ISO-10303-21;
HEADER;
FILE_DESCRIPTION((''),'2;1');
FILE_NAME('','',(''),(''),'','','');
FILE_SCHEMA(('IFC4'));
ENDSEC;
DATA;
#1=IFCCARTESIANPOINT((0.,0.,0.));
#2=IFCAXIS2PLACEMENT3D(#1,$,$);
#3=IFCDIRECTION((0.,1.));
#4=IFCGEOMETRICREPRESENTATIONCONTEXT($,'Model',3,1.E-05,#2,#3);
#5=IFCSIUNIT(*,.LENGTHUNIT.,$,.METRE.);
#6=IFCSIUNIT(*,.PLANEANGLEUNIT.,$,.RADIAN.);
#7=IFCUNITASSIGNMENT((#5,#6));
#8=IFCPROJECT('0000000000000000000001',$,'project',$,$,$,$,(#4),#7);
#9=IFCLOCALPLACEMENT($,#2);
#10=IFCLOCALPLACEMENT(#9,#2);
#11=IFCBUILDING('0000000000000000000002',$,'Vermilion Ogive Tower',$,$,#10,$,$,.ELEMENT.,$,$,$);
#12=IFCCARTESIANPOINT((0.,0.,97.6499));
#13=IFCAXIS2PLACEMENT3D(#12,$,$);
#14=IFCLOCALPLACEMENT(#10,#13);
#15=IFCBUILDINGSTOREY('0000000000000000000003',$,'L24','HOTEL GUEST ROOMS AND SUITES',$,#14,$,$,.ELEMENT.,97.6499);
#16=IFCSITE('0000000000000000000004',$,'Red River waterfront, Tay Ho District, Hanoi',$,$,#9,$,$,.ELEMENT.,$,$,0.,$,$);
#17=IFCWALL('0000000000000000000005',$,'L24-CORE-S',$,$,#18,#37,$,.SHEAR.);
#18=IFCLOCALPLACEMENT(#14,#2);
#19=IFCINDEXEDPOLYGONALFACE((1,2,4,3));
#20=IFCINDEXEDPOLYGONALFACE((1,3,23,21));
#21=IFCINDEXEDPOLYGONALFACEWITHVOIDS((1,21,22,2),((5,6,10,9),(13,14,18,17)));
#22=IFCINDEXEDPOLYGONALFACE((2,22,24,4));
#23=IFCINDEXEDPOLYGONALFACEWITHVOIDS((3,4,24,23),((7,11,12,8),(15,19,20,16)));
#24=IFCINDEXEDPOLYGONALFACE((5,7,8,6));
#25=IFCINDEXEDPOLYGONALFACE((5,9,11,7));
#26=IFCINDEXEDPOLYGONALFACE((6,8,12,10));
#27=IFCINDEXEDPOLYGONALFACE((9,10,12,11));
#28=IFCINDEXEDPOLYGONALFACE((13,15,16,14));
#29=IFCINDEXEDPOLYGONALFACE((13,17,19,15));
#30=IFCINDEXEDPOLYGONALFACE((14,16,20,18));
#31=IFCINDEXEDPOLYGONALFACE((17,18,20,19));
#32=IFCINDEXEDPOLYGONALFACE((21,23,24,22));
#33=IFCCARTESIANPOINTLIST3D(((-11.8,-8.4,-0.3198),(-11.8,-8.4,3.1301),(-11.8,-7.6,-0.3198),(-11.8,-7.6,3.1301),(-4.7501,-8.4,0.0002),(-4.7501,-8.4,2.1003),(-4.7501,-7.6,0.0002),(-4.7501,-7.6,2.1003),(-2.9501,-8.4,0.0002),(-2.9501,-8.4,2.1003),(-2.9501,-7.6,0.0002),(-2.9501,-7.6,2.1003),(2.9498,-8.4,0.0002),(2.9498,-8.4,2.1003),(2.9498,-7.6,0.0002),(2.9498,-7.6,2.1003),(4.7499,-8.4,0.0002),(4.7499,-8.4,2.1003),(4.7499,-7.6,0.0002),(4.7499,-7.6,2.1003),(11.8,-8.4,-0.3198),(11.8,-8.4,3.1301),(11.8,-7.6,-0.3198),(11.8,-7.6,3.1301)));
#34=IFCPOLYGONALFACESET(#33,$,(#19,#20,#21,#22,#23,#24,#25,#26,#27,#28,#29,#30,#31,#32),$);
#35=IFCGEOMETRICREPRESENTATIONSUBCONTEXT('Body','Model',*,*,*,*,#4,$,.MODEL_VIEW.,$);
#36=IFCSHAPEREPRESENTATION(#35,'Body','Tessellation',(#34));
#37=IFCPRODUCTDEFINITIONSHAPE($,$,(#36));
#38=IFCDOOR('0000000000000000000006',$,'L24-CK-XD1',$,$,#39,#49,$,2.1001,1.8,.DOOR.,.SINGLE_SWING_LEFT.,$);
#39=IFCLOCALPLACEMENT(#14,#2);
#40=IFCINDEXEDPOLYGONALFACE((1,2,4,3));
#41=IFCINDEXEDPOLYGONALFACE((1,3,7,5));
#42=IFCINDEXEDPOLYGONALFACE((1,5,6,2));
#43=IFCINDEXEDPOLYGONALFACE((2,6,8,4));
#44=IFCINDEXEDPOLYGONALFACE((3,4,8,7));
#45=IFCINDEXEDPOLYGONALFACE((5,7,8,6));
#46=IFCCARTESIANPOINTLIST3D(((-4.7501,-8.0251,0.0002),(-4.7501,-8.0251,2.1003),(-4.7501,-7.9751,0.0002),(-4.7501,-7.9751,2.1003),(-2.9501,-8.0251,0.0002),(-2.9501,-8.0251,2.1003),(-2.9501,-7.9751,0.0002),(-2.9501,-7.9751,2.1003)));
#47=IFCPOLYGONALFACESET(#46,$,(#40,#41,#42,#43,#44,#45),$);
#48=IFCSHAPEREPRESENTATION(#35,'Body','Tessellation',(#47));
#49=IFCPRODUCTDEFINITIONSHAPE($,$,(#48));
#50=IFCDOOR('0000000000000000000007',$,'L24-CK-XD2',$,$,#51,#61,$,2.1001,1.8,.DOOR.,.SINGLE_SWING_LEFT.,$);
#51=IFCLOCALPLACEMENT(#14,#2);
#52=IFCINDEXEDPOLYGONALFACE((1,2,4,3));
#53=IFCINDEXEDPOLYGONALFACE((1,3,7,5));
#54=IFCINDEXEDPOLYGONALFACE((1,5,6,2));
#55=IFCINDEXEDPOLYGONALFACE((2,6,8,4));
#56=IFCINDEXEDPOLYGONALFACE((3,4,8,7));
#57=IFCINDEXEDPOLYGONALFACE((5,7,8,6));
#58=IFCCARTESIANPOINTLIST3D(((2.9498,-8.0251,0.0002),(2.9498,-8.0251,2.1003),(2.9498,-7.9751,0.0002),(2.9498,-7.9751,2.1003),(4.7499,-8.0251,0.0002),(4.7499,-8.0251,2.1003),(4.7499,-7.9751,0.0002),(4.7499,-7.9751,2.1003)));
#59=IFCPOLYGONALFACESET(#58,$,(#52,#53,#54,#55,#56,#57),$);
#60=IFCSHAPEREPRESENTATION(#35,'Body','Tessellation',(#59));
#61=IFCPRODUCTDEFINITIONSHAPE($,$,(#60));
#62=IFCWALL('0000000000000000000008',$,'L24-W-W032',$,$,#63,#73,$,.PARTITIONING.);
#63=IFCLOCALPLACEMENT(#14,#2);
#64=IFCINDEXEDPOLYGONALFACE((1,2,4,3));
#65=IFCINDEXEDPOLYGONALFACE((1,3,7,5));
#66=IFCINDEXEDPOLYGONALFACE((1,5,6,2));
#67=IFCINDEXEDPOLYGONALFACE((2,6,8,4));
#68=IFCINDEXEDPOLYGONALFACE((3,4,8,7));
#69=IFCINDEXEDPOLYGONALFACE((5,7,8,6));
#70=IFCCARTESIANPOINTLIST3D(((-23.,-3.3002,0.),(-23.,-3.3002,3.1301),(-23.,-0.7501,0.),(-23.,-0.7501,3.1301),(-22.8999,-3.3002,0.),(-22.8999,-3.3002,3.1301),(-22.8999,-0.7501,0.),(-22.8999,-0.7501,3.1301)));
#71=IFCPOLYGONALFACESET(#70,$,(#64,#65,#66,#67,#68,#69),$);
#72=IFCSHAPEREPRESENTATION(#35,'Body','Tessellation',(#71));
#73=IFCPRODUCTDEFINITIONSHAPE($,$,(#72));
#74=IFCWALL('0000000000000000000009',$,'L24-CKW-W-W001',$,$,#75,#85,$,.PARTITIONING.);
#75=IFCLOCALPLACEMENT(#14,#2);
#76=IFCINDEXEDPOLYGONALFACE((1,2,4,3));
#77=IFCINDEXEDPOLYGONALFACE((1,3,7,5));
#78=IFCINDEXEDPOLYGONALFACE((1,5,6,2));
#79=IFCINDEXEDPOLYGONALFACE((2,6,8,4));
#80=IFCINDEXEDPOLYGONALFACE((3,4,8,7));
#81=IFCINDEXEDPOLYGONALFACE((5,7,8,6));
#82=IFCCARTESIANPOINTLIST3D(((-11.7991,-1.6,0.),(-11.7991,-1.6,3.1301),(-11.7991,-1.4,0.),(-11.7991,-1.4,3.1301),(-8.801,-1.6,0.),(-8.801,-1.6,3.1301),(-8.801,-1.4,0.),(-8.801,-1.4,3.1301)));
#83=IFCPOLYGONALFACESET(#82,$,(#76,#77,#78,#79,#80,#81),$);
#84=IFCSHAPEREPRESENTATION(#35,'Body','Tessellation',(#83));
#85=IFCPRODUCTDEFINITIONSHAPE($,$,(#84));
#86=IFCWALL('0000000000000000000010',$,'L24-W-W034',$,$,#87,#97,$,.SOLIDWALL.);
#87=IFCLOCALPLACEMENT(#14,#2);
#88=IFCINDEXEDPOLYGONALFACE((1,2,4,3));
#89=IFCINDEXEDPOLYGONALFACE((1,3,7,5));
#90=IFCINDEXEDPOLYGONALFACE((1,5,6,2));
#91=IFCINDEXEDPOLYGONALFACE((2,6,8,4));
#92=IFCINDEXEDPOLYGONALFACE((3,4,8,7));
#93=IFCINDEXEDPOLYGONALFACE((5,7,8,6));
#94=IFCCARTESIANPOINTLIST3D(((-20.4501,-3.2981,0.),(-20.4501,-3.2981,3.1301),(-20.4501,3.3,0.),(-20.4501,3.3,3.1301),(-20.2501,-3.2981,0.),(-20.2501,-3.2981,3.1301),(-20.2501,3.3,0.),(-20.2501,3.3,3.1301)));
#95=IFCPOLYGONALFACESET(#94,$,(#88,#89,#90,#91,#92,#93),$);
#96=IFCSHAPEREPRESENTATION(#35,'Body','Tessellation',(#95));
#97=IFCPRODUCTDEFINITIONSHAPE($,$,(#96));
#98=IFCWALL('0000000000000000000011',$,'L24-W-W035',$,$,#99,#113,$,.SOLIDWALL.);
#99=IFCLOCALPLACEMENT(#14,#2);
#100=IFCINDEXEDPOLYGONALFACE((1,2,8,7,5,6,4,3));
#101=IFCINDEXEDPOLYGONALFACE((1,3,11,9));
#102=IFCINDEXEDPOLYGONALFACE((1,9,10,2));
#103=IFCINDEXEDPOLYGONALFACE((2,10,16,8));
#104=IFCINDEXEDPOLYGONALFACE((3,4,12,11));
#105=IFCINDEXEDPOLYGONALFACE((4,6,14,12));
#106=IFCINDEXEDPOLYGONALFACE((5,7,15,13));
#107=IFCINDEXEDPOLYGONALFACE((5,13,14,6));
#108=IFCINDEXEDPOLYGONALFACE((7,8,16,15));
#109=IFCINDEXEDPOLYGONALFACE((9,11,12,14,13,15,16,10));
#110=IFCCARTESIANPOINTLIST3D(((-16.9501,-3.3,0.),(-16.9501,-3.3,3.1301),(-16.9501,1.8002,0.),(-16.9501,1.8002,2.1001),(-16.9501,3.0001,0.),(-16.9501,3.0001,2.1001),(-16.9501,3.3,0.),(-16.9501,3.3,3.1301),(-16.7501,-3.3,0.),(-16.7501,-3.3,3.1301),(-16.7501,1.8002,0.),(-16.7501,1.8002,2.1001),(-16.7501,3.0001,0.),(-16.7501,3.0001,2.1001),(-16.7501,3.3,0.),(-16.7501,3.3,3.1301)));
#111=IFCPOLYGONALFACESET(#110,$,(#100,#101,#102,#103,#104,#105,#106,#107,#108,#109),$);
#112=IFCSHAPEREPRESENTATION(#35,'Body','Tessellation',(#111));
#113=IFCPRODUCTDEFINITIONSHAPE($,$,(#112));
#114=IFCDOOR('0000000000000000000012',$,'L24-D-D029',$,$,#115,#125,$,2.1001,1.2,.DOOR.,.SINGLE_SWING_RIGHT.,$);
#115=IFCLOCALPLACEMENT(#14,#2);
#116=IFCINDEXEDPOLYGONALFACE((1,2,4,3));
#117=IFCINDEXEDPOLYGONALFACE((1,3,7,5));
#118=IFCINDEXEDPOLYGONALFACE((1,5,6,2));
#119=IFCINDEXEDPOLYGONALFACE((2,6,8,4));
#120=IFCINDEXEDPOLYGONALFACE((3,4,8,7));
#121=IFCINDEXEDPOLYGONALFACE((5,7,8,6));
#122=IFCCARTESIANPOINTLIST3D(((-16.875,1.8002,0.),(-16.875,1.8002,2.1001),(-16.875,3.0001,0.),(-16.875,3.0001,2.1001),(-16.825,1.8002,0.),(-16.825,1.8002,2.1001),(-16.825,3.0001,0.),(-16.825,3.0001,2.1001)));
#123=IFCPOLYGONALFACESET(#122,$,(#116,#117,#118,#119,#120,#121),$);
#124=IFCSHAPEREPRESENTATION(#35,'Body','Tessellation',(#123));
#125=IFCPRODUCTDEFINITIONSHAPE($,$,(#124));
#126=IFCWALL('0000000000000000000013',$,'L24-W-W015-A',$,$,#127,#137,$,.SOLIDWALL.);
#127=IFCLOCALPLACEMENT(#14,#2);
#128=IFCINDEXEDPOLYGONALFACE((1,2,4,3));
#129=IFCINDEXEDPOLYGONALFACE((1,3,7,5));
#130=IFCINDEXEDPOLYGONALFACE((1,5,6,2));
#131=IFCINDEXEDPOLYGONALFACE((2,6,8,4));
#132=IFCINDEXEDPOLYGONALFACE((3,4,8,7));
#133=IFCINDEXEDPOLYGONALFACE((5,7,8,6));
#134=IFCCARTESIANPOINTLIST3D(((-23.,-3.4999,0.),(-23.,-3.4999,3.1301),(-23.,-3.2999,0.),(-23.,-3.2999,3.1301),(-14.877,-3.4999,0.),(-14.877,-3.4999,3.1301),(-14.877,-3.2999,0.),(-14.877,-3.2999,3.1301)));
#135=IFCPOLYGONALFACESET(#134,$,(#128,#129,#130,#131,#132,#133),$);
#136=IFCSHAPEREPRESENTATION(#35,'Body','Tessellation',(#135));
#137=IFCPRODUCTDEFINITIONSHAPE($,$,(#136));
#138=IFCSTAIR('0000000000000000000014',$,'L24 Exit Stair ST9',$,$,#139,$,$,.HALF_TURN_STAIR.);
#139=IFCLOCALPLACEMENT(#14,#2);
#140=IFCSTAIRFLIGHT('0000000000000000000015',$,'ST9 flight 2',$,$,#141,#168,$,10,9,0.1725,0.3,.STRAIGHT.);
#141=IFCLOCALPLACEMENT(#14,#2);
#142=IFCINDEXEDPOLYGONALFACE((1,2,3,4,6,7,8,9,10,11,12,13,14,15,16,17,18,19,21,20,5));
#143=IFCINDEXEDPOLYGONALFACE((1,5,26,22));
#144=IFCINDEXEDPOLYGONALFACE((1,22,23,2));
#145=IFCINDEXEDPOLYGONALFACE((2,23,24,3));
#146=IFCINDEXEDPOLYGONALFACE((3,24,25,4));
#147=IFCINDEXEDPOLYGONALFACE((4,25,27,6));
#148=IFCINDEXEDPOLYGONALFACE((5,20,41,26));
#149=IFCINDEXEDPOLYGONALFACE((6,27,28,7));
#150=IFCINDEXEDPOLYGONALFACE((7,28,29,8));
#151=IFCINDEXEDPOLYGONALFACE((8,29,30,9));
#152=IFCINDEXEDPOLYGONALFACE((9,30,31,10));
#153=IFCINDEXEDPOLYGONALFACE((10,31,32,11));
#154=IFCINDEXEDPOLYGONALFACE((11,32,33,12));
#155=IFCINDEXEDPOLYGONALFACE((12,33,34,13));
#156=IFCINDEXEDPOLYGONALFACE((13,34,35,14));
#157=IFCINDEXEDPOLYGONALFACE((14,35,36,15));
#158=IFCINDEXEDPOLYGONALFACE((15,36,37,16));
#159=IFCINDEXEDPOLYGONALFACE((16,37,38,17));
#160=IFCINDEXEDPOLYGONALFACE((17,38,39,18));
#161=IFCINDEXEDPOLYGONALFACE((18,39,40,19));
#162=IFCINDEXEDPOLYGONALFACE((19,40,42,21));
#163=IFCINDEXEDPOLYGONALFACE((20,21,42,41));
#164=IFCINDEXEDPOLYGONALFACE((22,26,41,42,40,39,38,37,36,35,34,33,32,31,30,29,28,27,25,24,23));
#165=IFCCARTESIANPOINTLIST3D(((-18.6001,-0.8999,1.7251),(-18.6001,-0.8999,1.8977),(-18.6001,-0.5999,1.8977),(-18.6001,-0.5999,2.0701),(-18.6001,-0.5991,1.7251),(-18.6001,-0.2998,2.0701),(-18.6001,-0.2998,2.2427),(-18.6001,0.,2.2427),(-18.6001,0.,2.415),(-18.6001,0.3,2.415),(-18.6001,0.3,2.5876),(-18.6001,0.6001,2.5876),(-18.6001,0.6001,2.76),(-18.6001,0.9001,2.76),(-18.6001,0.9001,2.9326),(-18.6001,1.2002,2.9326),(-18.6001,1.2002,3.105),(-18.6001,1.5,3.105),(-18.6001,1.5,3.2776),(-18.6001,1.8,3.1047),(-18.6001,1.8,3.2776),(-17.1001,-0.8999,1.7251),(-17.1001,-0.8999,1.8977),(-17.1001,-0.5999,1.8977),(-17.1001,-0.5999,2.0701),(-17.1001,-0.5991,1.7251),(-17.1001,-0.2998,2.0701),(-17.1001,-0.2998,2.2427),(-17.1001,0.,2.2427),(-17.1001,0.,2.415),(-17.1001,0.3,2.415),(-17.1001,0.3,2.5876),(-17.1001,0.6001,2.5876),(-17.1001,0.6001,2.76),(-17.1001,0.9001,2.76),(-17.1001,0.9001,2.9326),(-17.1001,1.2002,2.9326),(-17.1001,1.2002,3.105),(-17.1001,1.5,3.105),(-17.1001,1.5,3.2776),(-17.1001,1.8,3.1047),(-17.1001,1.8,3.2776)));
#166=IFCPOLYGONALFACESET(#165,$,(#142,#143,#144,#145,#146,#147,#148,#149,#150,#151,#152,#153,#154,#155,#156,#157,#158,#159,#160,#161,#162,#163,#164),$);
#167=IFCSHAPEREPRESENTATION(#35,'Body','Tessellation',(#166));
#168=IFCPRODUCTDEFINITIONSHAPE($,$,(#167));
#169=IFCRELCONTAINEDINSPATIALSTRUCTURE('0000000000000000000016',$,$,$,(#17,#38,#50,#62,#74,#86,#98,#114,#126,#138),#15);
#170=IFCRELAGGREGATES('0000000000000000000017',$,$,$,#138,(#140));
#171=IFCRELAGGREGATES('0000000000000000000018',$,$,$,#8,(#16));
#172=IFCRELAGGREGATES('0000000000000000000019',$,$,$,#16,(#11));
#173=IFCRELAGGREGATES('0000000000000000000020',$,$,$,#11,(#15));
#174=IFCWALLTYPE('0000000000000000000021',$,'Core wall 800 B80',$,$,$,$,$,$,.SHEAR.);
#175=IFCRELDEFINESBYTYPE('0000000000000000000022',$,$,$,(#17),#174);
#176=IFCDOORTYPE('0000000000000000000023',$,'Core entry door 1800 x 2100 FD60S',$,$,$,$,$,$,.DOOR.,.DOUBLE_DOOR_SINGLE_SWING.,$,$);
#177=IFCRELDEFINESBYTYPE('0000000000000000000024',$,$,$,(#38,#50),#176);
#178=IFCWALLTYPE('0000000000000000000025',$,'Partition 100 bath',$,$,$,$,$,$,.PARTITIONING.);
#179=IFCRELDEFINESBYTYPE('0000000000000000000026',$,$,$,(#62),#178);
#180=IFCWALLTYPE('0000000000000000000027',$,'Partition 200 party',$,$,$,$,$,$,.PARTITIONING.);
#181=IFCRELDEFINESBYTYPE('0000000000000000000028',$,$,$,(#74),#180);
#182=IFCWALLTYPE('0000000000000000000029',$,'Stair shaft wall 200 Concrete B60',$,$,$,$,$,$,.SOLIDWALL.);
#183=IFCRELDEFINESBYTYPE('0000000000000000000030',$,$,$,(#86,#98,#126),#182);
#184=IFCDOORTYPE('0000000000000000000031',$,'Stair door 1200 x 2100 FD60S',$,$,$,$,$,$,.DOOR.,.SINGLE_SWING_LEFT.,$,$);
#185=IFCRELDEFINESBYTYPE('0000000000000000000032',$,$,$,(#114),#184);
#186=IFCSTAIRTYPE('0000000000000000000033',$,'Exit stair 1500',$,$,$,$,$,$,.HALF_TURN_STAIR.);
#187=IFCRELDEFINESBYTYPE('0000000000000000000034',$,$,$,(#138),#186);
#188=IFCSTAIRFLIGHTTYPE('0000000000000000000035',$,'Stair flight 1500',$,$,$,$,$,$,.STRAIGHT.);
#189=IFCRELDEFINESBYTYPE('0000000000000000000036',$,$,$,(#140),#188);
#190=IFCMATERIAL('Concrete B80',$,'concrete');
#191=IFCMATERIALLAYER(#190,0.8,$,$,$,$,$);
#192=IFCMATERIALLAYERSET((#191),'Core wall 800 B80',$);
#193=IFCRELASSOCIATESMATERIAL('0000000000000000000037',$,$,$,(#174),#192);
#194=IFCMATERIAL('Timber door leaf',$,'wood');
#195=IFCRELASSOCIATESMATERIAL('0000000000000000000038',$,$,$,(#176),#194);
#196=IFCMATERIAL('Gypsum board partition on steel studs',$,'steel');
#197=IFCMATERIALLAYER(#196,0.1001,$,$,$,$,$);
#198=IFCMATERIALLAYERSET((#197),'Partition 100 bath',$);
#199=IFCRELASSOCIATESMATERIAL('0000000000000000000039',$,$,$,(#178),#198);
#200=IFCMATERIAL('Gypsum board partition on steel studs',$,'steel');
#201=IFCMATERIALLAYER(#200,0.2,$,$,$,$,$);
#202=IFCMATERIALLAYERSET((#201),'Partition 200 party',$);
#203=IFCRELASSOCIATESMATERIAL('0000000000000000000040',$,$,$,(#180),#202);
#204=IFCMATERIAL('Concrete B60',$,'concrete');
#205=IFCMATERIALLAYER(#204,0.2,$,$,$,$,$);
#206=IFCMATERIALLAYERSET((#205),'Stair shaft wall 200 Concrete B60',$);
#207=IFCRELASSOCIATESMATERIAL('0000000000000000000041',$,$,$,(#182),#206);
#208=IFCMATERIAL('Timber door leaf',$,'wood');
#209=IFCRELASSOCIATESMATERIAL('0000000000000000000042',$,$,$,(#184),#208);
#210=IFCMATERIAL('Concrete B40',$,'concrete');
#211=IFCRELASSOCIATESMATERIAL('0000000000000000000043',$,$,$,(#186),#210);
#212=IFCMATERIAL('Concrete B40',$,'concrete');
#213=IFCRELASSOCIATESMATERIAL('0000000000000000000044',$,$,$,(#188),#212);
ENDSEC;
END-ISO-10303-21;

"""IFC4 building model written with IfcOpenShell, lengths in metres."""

from ifc_helpers import new_model, si_unit, direction, frame, frame_2d, origin, place, context, subcontext, project, spatial, polyline, rectangle, outline, extrude, material, layer, layer_set, type_object, element, fill, aggregate, save


model = new_model("IFC4")

# Units and contexts
model_context = context("Model", 3, precision=1e-05, world=origin(), true_north=direction((0.0, 1.0)))
body_context = subcontext(model_context, "Body", "Model", "MODEL_VIEW")
ifc_project = project(units=[si_unit("LENGTHUNIT", "METRE"), si_unit("PLANEANGLEUNIT", "RADIAN")], contexts=[model_context])

# Site, building, storey
site_placement = place(None, origin())
site = spatial("IfcSite", under=ifc_project, at=site_placement, Name="Red River waterfront, Tay Ho District, Hanoi", CompositionType="ELEMENT", RefElevation=0.0)
building_placement = place(site_placement, origin())
building = spatial("IfcBuilding", under=site, at=building_placement, Name="Vermilion Ogive Tower", CompositionType="ELEMENT")
storey_placement = place(building_placement, frame((0.0, 0.0, 97.6499)))
storey = spatial("IfcBuildingStorey", under=building, at=storey_placement, Name="L24", Description="HOTEL GUEST ROOMS AND SUITES", CompositionType="ELEMENT", Elevation=97.6499)

# Wall, openings, doors
ifc_material_1 = material(Name="Concrete B80", Category="concrete")
ifc_layer_1 = layer(ifc_material_1, 0.8)
ifc_layer_set_1 = layer_set([ifc_layer_1], Name="Core wall 800 B80")
wall_type_1 = type_object("IfcWallType", Name="Core wall 800 B80", PredefinedType="SHEAR", material=ifc_layer_set_1)
wall_1_placement = place(storey_placement, frame((-11.8, -8.0, -0.3198), z_axis=(0.0, 0.0, 1.0), x_axis=(1.0, 0.0, 0.0)))
wall_1 = element("IfcWall", 1, at=wall_1_placement, inside=storey, type_object=wall_type_1, Name="L24-CORE-S", PredefinedType="SHEAR", context=body_context, shape_type="SweptSolid", body=[
    extrude(rectangle(XDim=23.6001, YDim=0.8, at=frame_2d((11.8, 0.0))), origin(), (0.0, 0.0, 1.0), 3.45),
])
opening_1_placement = place(wall_1_placement, frame((7.05, 0.0, 0.3201)))
opening_1 = element("IfcOpeningElement", 2, at=opening_1_placement, cuts=wall_1, PredefinedType="OPENING", context=body_context, shape_type="SweptSolid", body=[
    extrude(rectangle(XDim=1.8, YDim=2.1001, at=frame_2d((0.8999, 1.05))), frame((0.0, 0.4099, 0.0), z_axis=(0.0, -1.0, 0.0), x_axis=(1.0, 0.0, 0.0)), (0.0, 0.0, 1.0), 0.8201),
])
opening_2_placement = place(wall_1_placement, frame((14.75, 0.0, 0.3201)))
opening_2 = element("IfcOpeningElement", 3, at=opening_2_placement, cuts=wall_1, PredefinedType="OPENING", context=body_context, shape_type="SweptSolid", body=[
    extrude(rectangle(XDim=1.8, YDim=2.1001, at=frame_2d((0.8999, 1.05))), frame((0.0, 0.4099, 0.0), z_axis=(0.0, -1.0, 0.0), x_axis=(1.0, 0.0, 0.0)), (0.0, 0.0, 1.0), 0.8201),
])
ifc_material_2 = material(Name="Timber door leaf", Category="wood")
door_type_1 = type_object("IfcDoorType", Name="Core entry door 1800 x 2100 FD60S", OperationType="DOUBLE_DOOR_SINGLE_SWING", PredefinedType="DOOR", material=ifc_material_2)
door_1_placement = place(opening_1_placement, origin())
door_1 = element("IfcDoor", 4, at=door_1_placement, inside=storey, type_object=door_type_1, Name="L24-CK-XD1", OperationType="SINGLE_SWING_LEFT", OverallHeight=2.1001, OverallWidth=1.8, PredefinedType="DOOR", context=body_context, shape_type="SweptSolid", body=[
    extrude(rectangle(XDim=1.8, YDim=2.1001, at=frame_2d((0.8999, 1.05))), frame((0.0, 0.0249, 0.0), z_axis=(0.0, -1.0, 0.0), x_axis=(1.0, 0.0, 0.0)), (0.0, 0.0, 1.0), 0.05),
])
fill(opening_1, door_1)
door_2_placement = place(opening_2_placement, origin())
door_2 = element("IfcDoor", 5, at=door_2_placement, inside=storey, type_object=door_type_1, Name="L24-CK-XD2", OperationType="SINGLE_SWING_LEFT", OverallHeight=2.1001, OverallWidth=1.8, PredefinedType="DOOR", context=body_context, shape_type="SweptSolid", body=[
    extrude(rectangle(XDim=1.8, YDim=2.1001, at=frame_2d((0.8999, 1.05))), frame((0.0, 0.0249, 0.0), z_axis=(0.0, -1.0, 0.0), x_axis=(1.0, 0.0, 0.0)), (0.0, 0.0, 1.0), 0.05),
])
fill(opening_2, door_2)

# Walls
ifc_material_3 = material(Name="Gypsum board partition on steel studs", Category="steel")
ifc_layer_2 = layer(ifc_material_3, 0.1001)
ifc_layer_set_2 = layer_set([ifc_layer_2], Name="Partition 100 bath")
wall_type_2 = type_object("IfcWallType", Name="Partition 100 bath", PredefinedType="PARTITIONING", material=ifc_layer_set_2)
wall_2_placement = place(storey_placement, frame((-22.95, -3.3, 0.0), z_axis=(0.0, 0.0, 1.0), x_axis=(0.0, 1.0, 0.0)))
element("IfcWall", 6, at=wall_2_placement, inside=storey, type_object=wall_type_2, Name="L24-W-W032", PredefinedType="PARTITIONING", context=body_context, shape_type="SweptSolid", body=[
    extrude(rectangle(XDim=2.55, YDim=0.1001, at=frame_2d((1.2749, 0.0))), origin(), (0.0, 0.0, 1.0), 3.1301),
])
ifc_material_4 = material(Name="Gypsum board partition on steel studs", Category="steel")
ifc_layer_3 = layer(ifc_material_4, 0.2)
ifc_layer_set_3 = layer_set([ifc_layer_3], Name="Partition 200 party")
wall_type_3 = type_object("IfcWallType", Name="Partition 200 party", PredefinedType="PARTITIONING", material=ifc_layer_set_3)
wall_3_placement = place(storey_placement, frame((-11.7991, -1.5, 0.0), z_axis=(0.0, 0.0, 1.0), x_axis=(1.0, 0.0, 0.0)))
element("IfcWall", 7, at=wall_3_placement, inside=storey, type_object=wall_type_3, Name="L24-CKW-W-W001", PredefinedType="PARTITIONING", context=body_context, shape_type="SweptSolid", body=[
    extrude(rectangle(XDim=2.998, YDim=0.2, at=frame_2d((1.499, 0.0))), origin(), (0.0, 0.0, 1.0), 3.1301),
])
ifc_material_5 = material(Name="Concrete B60", Category="concrete")
ifc_layer_4 = layer(ifc_material_5, 0.2)
ifc_layer_set_4 = layer_set([ifc_layer_4], Name="Stair shaft wall 200 Concrete B60")
wall_type_4 = type_object("IfcWallType", Name="Stair shaft wall 200 Concrete B60", PredefinedType="SOLIDWALL", material=ifc_layer_set_4)
wall_4_placement = place(storey_placement, frame((-20.3501, -3.2981, 0.0), z_axis=(0.0, 0.0, 1.0), x_axis=(0.0, 1.0, 0.0)))
element("IfcWall", 8, at=wall_4_placement, inside=storey, type_object=wall_type_4, Name="L24-W-W034", PredefinedType="SOLIDWALL", context=body_context, shape_type="SweptSolid", body=[
    extrude(rectangle(XDim=6.5981, YDim=0.2, at=frame_2d((3.2991, 0.0))), origin(), (0.0, 0.0, 1.0), 3.1301),
])

# Wall, opening, door
wall_5_placement = place(storey_placement, frame((-16.8501, -3.3, 0.0), z_axis=(0.0, 0.0, 1.0), x_axis=(0.0, 1.0, 0.0)))
wall_5 = element("IfcWall", 9, at=wall_5_placement, inside=storey, type_object=wall_type_4, Name="L24-W-W035", PredefinedType="SOLIDWALL", context=body_context, shape_type="SweptSolid", body=[
    extrude(rectangle(XDim=6.6001, YDim=0.2, at=frame_2d((3.3, 0.0))), origin(), (0.0, 0.0, 1.0), 3.1301),
])
opening_3_placement = place(wall_5_placement, frame((5.1001, 0.0, 0.0)))
opening_3 = element("IfcOpeningElement", 10, at=opening_3_placement, cuts=wall_5, PredefinedType="OPENING", context=body_context, shape_type="SweptSolid", body=[
    extrude(rectangle(XDim=1.2, YDim=2.1001, at=frame_2d((0.6001, 1.05))), frame((0.0, 0.1099, 0.0), z_axis=(0.0, -1.0, 0.0), x_axis=(1.0, 0.0, 0.0)), (0.0, 0.0, 1.0), 0.22),
])
ifc_material_6 = material(Name="Timber door leaf", Category="wood")
door_type_2 = type_object("IfcDoorType", Name="Stair door 1200 x 2100 FD60S", OperationType="SINGLE_SWING_LEFT", PredefinedType="DOOR", material=ifc_material_6)
door_3_placement = place(opening_3_placement, origin())
door_3 = element("IfcDoor", 11, at=door_3_placement, inside=storey, type_object=door_type_2, Name="L24-D-D029", OperationType="SINGLE_SWING_RIGHT", OverallHeight=2.1001, OverallWidth=1.2, PredefinedType="DOOR", context=body_context, shape_type="SweptSolid", body=[
    extrude(rectangle(XDim=1.2, YDim=2.1001, at=frame_2d((0.6001, 1.05))), frame((0.0, 0.0249, 0.0), z_axis=(0.0, -1.0, 0.0), x_axis=(1.0, 0.0, 0.0)), (0.0, 0.0, 1.0), 0.05),
])
fill(opening_3, door_3)

# Wall
wall_6_placement = place(storey_placement, frame((-23.0, -3.3999, 0.0), z_axis=(0.0, 0.0, 1.0), x_axis=(1.0, 0.0, 0.0)))
element("IfcWall", 12, at=wall_6_placement, inside=storey, type_object=wall_type_4, Name="L24-W-W015-A", PredefinedType="SOLIDWALL", context=body_context, shape_type="SweptSolid", body=[
    extrude(rectangle(XDim=8.123, YDim=0.2, at=frame_2d((4.0615, 0.0))), origin(), (0.0, 0.0, 1.0), 3.1301),
])

# Stair, stair flight
ifc_material_7 = material(Name="Concrete B40", Category="concrete")
stair_type = type_object("IfcStairType", Name="Exit stair 1500", PredefinedType="HALF_TURN_STAIR", material=ifc_material_7)
stair_placement = place(storey_placement, origin())
stair = element("IfcStair", 13, at=stair_placement, inside=storey, type_object=stair_type, Name="L24 Exit Stair ST9", PredefinedType="HALF_TURN_STAIR")
ifc_material_8 = material(Name="Concrete B40", Category="concrete")
stair_flight_type = type_object("IfcStairFlightType", Name="Stair flight 1500", PredefinedType="STRAIGHT", material=ifc_material_8)
stair_flight_placement = place(storey_placement, frame((-17.8501, -0.8999, 1.7251), z_axis=(0.0, 0.0, 1.0), x_axis=(0.0, 1.0, 0.0)))
stair_flight = element("IfcStairFlight", 14, at=stair_flight_placement, type_object=stair_flight_type, Name="ST9 flight 2", NumberOfRisers=10, NumberOfTreads=9, PredefinedType="STRAIGHT", RiserHeight=0.1725, TreadLength=0.3, context=body_context, shape_type="SweptSolid", body=[
    extrude(outline(polyline([(0.0, 0.0), (0.0, 0.1726), (0.3, 0.1726), (0.3, 0.345), (0.6001, 0.345), (0.6001, 0.5176), (0.8999, 0.5176), (0.8999, 0.6899), (1.2, 0.6899), (1.2, 0.8625), (1.5, 0.8625), (1.5, 1.0349), (1.8, 1.0349), (1.8, 1.2075), (2.1001, 1.2075), (2.1001, 1.3799), (2.3999, 1.3799), (2.3999, 1.5525), (2.7, 1.5525), (2.7, 1.7251), (2.7, 1.3796), (0.3008, 0.0), (0.0, 0.0)])), frame((0.0, 0.75, 0.0), z_axis=(0.0, -1.0, 0.0), x_axis=(1.0, 0.0, 0.0)), (0.0, 0.0, 1.0), 1.5),
])
aggregate(stair, [stair_flight])

save(model, "model.ifc")
